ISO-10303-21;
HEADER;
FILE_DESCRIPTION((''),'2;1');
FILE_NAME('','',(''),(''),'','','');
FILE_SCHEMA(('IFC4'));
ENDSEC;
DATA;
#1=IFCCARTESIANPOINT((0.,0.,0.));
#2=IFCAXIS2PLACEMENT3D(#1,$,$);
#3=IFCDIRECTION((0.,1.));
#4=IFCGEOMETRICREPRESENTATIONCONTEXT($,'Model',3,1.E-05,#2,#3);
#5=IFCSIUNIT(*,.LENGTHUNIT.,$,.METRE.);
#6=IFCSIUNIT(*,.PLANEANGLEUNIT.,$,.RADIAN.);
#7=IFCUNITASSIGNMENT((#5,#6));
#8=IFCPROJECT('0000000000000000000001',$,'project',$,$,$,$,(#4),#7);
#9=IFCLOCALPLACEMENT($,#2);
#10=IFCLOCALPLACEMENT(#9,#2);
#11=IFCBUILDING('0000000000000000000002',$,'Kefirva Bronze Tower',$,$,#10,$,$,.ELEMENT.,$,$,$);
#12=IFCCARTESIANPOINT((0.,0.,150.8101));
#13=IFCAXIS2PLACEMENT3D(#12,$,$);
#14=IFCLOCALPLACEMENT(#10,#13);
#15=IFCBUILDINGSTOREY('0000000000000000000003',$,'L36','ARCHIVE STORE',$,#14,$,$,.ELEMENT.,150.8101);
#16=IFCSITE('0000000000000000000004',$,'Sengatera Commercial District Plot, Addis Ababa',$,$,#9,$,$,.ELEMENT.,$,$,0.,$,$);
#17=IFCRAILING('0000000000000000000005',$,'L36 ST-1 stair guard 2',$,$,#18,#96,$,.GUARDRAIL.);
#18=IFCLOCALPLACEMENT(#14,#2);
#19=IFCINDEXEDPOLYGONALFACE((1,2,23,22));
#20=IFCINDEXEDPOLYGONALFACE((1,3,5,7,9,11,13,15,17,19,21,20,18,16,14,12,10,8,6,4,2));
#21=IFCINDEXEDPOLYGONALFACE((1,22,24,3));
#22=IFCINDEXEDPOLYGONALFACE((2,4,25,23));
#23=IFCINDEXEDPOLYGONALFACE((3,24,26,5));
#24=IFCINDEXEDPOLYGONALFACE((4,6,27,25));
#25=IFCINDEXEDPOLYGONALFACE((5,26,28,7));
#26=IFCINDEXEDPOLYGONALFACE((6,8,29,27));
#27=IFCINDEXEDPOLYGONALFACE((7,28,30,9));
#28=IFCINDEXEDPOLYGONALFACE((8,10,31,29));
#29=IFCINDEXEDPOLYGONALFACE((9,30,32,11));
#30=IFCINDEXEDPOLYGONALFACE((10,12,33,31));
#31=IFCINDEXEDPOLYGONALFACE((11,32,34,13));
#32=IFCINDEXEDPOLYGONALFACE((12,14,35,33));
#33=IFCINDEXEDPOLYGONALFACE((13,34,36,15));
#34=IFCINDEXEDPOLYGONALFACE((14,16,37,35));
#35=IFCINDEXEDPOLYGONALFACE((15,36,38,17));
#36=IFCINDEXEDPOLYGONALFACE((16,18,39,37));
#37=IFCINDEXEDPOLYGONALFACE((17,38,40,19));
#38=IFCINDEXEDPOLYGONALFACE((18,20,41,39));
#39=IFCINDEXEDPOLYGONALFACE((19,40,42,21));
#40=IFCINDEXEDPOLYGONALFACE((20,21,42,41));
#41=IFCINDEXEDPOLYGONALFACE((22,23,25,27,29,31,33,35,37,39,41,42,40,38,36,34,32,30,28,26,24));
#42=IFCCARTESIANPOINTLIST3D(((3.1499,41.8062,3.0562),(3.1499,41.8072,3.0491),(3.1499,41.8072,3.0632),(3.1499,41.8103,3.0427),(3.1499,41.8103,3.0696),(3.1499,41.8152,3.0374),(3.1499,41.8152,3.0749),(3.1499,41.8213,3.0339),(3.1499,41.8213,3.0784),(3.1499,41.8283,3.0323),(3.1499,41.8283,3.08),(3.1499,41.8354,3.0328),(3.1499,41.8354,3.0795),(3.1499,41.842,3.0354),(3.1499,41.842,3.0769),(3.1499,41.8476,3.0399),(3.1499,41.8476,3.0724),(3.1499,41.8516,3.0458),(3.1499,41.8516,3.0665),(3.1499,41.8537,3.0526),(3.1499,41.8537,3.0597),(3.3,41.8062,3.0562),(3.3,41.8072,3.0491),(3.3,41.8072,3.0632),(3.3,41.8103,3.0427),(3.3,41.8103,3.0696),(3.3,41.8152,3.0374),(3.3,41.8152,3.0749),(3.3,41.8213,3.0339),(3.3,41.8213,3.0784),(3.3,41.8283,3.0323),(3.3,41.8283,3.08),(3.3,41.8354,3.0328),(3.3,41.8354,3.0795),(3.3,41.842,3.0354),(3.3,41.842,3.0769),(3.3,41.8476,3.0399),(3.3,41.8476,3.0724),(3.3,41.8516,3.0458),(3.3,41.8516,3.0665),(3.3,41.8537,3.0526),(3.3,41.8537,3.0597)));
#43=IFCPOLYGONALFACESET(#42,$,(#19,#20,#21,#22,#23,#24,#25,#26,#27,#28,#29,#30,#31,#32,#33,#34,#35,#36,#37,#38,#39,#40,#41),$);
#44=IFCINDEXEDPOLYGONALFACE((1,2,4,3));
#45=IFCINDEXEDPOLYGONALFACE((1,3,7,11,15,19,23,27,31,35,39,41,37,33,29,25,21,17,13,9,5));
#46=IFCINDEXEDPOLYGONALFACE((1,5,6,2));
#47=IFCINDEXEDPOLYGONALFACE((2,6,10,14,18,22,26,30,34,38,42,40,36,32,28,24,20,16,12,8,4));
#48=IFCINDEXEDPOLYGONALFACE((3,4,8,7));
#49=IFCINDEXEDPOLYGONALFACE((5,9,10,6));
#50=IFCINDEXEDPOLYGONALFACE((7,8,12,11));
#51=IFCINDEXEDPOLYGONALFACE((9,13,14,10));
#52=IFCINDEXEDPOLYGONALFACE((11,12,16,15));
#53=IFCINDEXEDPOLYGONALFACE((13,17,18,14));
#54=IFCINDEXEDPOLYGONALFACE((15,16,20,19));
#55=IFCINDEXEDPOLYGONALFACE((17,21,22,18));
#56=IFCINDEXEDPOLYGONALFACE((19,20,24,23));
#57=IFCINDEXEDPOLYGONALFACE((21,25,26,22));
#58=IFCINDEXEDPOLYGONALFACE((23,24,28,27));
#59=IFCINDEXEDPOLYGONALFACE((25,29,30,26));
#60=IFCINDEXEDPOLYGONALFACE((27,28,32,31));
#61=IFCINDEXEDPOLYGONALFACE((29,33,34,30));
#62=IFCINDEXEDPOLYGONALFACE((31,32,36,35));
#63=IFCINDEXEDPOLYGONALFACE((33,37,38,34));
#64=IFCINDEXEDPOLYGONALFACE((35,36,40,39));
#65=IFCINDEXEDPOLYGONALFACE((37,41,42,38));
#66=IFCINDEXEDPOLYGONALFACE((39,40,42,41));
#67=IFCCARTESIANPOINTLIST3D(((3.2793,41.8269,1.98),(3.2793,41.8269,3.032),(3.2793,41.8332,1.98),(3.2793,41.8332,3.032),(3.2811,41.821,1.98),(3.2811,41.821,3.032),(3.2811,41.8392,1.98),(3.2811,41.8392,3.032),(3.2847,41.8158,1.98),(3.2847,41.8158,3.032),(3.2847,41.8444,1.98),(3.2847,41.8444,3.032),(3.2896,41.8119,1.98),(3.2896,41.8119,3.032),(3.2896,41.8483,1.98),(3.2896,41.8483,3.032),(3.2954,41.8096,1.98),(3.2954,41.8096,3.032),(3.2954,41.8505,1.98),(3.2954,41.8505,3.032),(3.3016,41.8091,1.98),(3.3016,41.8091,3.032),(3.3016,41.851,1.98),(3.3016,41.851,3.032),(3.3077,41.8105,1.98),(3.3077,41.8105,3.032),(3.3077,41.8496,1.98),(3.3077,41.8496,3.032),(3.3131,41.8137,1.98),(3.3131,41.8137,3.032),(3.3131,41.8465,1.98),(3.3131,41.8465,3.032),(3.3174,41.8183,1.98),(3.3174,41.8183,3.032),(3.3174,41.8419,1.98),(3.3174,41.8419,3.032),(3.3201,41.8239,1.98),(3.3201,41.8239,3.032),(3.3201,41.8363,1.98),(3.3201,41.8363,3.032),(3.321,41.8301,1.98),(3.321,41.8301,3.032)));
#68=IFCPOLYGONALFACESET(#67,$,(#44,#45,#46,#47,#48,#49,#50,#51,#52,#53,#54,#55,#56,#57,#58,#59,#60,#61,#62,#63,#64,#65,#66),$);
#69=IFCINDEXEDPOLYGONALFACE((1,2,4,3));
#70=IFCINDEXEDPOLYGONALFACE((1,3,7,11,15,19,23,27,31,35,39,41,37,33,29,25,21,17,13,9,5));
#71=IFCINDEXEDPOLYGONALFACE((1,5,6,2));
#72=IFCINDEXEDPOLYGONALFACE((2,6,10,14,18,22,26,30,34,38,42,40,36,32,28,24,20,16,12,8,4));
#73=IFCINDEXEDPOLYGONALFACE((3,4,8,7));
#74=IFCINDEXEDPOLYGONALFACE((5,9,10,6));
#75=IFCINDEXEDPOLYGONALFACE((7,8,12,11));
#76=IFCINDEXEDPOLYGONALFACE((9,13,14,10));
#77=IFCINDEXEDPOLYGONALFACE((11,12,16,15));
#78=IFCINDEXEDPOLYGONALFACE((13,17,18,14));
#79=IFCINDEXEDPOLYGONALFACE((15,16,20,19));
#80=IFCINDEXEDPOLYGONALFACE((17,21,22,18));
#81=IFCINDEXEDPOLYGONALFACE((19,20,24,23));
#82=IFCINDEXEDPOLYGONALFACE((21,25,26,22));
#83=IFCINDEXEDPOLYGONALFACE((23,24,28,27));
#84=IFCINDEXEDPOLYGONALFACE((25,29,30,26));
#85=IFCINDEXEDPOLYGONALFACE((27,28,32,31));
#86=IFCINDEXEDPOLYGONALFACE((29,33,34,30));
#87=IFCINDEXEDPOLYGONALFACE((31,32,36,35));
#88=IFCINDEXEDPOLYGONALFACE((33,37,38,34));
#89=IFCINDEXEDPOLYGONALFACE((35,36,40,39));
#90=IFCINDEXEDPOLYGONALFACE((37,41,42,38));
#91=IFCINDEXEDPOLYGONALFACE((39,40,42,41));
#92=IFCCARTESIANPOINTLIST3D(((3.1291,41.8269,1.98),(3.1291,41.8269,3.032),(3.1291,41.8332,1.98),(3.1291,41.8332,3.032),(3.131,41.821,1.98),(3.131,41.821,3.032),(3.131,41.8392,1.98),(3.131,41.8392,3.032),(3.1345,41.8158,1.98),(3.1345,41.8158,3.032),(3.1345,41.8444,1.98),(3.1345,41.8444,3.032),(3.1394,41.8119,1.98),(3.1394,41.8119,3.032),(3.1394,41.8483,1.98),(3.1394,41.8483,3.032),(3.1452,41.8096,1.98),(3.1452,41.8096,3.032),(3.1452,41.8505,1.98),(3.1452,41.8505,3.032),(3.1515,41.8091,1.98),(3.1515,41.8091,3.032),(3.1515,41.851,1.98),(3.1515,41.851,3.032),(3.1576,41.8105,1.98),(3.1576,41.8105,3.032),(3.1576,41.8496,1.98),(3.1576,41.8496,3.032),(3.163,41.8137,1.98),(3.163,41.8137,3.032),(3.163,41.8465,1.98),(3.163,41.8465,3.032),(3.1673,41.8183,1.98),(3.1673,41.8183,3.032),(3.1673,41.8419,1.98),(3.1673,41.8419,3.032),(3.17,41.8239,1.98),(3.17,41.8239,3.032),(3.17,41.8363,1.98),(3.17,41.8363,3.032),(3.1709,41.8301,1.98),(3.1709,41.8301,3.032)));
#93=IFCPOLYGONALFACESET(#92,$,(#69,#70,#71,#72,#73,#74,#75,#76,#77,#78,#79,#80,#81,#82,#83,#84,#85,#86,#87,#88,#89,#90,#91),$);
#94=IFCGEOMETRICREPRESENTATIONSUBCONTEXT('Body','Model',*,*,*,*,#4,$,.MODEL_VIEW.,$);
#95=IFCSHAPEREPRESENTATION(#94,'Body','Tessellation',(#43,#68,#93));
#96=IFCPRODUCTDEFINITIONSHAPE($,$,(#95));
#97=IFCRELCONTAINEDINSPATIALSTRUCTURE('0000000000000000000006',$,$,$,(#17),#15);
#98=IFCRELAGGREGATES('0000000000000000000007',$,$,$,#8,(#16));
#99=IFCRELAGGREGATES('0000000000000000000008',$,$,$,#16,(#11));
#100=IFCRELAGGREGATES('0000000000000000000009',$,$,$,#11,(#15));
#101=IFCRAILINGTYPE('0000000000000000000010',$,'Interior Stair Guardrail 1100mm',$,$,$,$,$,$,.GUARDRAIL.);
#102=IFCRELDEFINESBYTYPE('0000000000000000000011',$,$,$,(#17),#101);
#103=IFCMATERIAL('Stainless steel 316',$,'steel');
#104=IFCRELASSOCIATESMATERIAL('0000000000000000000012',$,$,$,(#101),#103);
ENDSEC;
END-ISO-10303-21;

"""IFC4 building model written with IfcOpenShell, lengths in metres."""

from ifc_helpers import new_model, si_unit, direction, frame, origin, origin_2d, place, context, subcontext, project, spatial, circle, extrude, material, type_object, element, save


model = new_model("IFC4")

# Units and contexts
model_context = context("Model", 3, precision=1e-05, world=origin(), true_north=direction((0.0, 1.0)))
body_context = subcontext(model_context, "Body", "Model", "MODEL_VIEW")
ifc_project = project(units=[si_unit("LENGTHUNIT", "METRE"), si_unit("PLANEANGLEUNIT", "RADIAN")], contexts=[model_context])

# Site, building, storey
site_placement = place(None, origin())
site = spatial("IfcSite", under=ifc_project, at=site_placement, Name="Sengatera Commercial District Plot, Addis Ababa", CompositionType="ELEMENT", RefElevation=0.0)
building_placement = place(site_placement, origin())
building = spatial("IfcBuilding", under=site, at=building_placement, Name="Kefirva Bronze Tower", CompositionType="ELEMENT")
storey_placement = place(building_placement, frame((0.0, 0.0, 150.8101)))
storey = spatial("IfcBuildingStorey", under=building, at=storey_placement, Name="L36", Description="ARCHIVE STORE", CompositionType="ELEMENT", Elevation=150.8101)

# Railing
ifc_material_1 = material(Name="Stainless steel 316", Category="steel")
railing_type_1 = type_object("IfcRailingType", Name="Interior Stair Guardrail 1100mm", PredefinedType="GUARDRAIL", material=ifc_material_1)
railing_1_placement = place(storey_placement, frame((3.3, 41.8301, 1.98)))
element("IfcRailing", 1, at=railing_1_placement, inside=storey, type_object=railing_type_1, Name="L36 ST-1 stair guard 2", PredefinedType="GUARDRAIL", context=body_context, shape_type="SweptSolid", body=[
    extrude(circle(Radius=0.0239, at=origin_2d()), frame((0.0, 0.0, 1.0762), z_axis=(-1.0, 0.0, 0.0), x_axis=(0.0, -1.0, 0.0)), (0.0, 0.0, 1.0), 0.1501),
    extrude(circle(Radius=0.021, at=origin_2d()), origin(), (0.0, 0.0, 1.0), 1.052),
    extrude(circle(Radius=0.021, at=origin_2d()), frame((-0.1501, 0.0, 0.0)), (0.0, 0.0, 1.0), 1.052),
])

save(model, "model.ifc")
